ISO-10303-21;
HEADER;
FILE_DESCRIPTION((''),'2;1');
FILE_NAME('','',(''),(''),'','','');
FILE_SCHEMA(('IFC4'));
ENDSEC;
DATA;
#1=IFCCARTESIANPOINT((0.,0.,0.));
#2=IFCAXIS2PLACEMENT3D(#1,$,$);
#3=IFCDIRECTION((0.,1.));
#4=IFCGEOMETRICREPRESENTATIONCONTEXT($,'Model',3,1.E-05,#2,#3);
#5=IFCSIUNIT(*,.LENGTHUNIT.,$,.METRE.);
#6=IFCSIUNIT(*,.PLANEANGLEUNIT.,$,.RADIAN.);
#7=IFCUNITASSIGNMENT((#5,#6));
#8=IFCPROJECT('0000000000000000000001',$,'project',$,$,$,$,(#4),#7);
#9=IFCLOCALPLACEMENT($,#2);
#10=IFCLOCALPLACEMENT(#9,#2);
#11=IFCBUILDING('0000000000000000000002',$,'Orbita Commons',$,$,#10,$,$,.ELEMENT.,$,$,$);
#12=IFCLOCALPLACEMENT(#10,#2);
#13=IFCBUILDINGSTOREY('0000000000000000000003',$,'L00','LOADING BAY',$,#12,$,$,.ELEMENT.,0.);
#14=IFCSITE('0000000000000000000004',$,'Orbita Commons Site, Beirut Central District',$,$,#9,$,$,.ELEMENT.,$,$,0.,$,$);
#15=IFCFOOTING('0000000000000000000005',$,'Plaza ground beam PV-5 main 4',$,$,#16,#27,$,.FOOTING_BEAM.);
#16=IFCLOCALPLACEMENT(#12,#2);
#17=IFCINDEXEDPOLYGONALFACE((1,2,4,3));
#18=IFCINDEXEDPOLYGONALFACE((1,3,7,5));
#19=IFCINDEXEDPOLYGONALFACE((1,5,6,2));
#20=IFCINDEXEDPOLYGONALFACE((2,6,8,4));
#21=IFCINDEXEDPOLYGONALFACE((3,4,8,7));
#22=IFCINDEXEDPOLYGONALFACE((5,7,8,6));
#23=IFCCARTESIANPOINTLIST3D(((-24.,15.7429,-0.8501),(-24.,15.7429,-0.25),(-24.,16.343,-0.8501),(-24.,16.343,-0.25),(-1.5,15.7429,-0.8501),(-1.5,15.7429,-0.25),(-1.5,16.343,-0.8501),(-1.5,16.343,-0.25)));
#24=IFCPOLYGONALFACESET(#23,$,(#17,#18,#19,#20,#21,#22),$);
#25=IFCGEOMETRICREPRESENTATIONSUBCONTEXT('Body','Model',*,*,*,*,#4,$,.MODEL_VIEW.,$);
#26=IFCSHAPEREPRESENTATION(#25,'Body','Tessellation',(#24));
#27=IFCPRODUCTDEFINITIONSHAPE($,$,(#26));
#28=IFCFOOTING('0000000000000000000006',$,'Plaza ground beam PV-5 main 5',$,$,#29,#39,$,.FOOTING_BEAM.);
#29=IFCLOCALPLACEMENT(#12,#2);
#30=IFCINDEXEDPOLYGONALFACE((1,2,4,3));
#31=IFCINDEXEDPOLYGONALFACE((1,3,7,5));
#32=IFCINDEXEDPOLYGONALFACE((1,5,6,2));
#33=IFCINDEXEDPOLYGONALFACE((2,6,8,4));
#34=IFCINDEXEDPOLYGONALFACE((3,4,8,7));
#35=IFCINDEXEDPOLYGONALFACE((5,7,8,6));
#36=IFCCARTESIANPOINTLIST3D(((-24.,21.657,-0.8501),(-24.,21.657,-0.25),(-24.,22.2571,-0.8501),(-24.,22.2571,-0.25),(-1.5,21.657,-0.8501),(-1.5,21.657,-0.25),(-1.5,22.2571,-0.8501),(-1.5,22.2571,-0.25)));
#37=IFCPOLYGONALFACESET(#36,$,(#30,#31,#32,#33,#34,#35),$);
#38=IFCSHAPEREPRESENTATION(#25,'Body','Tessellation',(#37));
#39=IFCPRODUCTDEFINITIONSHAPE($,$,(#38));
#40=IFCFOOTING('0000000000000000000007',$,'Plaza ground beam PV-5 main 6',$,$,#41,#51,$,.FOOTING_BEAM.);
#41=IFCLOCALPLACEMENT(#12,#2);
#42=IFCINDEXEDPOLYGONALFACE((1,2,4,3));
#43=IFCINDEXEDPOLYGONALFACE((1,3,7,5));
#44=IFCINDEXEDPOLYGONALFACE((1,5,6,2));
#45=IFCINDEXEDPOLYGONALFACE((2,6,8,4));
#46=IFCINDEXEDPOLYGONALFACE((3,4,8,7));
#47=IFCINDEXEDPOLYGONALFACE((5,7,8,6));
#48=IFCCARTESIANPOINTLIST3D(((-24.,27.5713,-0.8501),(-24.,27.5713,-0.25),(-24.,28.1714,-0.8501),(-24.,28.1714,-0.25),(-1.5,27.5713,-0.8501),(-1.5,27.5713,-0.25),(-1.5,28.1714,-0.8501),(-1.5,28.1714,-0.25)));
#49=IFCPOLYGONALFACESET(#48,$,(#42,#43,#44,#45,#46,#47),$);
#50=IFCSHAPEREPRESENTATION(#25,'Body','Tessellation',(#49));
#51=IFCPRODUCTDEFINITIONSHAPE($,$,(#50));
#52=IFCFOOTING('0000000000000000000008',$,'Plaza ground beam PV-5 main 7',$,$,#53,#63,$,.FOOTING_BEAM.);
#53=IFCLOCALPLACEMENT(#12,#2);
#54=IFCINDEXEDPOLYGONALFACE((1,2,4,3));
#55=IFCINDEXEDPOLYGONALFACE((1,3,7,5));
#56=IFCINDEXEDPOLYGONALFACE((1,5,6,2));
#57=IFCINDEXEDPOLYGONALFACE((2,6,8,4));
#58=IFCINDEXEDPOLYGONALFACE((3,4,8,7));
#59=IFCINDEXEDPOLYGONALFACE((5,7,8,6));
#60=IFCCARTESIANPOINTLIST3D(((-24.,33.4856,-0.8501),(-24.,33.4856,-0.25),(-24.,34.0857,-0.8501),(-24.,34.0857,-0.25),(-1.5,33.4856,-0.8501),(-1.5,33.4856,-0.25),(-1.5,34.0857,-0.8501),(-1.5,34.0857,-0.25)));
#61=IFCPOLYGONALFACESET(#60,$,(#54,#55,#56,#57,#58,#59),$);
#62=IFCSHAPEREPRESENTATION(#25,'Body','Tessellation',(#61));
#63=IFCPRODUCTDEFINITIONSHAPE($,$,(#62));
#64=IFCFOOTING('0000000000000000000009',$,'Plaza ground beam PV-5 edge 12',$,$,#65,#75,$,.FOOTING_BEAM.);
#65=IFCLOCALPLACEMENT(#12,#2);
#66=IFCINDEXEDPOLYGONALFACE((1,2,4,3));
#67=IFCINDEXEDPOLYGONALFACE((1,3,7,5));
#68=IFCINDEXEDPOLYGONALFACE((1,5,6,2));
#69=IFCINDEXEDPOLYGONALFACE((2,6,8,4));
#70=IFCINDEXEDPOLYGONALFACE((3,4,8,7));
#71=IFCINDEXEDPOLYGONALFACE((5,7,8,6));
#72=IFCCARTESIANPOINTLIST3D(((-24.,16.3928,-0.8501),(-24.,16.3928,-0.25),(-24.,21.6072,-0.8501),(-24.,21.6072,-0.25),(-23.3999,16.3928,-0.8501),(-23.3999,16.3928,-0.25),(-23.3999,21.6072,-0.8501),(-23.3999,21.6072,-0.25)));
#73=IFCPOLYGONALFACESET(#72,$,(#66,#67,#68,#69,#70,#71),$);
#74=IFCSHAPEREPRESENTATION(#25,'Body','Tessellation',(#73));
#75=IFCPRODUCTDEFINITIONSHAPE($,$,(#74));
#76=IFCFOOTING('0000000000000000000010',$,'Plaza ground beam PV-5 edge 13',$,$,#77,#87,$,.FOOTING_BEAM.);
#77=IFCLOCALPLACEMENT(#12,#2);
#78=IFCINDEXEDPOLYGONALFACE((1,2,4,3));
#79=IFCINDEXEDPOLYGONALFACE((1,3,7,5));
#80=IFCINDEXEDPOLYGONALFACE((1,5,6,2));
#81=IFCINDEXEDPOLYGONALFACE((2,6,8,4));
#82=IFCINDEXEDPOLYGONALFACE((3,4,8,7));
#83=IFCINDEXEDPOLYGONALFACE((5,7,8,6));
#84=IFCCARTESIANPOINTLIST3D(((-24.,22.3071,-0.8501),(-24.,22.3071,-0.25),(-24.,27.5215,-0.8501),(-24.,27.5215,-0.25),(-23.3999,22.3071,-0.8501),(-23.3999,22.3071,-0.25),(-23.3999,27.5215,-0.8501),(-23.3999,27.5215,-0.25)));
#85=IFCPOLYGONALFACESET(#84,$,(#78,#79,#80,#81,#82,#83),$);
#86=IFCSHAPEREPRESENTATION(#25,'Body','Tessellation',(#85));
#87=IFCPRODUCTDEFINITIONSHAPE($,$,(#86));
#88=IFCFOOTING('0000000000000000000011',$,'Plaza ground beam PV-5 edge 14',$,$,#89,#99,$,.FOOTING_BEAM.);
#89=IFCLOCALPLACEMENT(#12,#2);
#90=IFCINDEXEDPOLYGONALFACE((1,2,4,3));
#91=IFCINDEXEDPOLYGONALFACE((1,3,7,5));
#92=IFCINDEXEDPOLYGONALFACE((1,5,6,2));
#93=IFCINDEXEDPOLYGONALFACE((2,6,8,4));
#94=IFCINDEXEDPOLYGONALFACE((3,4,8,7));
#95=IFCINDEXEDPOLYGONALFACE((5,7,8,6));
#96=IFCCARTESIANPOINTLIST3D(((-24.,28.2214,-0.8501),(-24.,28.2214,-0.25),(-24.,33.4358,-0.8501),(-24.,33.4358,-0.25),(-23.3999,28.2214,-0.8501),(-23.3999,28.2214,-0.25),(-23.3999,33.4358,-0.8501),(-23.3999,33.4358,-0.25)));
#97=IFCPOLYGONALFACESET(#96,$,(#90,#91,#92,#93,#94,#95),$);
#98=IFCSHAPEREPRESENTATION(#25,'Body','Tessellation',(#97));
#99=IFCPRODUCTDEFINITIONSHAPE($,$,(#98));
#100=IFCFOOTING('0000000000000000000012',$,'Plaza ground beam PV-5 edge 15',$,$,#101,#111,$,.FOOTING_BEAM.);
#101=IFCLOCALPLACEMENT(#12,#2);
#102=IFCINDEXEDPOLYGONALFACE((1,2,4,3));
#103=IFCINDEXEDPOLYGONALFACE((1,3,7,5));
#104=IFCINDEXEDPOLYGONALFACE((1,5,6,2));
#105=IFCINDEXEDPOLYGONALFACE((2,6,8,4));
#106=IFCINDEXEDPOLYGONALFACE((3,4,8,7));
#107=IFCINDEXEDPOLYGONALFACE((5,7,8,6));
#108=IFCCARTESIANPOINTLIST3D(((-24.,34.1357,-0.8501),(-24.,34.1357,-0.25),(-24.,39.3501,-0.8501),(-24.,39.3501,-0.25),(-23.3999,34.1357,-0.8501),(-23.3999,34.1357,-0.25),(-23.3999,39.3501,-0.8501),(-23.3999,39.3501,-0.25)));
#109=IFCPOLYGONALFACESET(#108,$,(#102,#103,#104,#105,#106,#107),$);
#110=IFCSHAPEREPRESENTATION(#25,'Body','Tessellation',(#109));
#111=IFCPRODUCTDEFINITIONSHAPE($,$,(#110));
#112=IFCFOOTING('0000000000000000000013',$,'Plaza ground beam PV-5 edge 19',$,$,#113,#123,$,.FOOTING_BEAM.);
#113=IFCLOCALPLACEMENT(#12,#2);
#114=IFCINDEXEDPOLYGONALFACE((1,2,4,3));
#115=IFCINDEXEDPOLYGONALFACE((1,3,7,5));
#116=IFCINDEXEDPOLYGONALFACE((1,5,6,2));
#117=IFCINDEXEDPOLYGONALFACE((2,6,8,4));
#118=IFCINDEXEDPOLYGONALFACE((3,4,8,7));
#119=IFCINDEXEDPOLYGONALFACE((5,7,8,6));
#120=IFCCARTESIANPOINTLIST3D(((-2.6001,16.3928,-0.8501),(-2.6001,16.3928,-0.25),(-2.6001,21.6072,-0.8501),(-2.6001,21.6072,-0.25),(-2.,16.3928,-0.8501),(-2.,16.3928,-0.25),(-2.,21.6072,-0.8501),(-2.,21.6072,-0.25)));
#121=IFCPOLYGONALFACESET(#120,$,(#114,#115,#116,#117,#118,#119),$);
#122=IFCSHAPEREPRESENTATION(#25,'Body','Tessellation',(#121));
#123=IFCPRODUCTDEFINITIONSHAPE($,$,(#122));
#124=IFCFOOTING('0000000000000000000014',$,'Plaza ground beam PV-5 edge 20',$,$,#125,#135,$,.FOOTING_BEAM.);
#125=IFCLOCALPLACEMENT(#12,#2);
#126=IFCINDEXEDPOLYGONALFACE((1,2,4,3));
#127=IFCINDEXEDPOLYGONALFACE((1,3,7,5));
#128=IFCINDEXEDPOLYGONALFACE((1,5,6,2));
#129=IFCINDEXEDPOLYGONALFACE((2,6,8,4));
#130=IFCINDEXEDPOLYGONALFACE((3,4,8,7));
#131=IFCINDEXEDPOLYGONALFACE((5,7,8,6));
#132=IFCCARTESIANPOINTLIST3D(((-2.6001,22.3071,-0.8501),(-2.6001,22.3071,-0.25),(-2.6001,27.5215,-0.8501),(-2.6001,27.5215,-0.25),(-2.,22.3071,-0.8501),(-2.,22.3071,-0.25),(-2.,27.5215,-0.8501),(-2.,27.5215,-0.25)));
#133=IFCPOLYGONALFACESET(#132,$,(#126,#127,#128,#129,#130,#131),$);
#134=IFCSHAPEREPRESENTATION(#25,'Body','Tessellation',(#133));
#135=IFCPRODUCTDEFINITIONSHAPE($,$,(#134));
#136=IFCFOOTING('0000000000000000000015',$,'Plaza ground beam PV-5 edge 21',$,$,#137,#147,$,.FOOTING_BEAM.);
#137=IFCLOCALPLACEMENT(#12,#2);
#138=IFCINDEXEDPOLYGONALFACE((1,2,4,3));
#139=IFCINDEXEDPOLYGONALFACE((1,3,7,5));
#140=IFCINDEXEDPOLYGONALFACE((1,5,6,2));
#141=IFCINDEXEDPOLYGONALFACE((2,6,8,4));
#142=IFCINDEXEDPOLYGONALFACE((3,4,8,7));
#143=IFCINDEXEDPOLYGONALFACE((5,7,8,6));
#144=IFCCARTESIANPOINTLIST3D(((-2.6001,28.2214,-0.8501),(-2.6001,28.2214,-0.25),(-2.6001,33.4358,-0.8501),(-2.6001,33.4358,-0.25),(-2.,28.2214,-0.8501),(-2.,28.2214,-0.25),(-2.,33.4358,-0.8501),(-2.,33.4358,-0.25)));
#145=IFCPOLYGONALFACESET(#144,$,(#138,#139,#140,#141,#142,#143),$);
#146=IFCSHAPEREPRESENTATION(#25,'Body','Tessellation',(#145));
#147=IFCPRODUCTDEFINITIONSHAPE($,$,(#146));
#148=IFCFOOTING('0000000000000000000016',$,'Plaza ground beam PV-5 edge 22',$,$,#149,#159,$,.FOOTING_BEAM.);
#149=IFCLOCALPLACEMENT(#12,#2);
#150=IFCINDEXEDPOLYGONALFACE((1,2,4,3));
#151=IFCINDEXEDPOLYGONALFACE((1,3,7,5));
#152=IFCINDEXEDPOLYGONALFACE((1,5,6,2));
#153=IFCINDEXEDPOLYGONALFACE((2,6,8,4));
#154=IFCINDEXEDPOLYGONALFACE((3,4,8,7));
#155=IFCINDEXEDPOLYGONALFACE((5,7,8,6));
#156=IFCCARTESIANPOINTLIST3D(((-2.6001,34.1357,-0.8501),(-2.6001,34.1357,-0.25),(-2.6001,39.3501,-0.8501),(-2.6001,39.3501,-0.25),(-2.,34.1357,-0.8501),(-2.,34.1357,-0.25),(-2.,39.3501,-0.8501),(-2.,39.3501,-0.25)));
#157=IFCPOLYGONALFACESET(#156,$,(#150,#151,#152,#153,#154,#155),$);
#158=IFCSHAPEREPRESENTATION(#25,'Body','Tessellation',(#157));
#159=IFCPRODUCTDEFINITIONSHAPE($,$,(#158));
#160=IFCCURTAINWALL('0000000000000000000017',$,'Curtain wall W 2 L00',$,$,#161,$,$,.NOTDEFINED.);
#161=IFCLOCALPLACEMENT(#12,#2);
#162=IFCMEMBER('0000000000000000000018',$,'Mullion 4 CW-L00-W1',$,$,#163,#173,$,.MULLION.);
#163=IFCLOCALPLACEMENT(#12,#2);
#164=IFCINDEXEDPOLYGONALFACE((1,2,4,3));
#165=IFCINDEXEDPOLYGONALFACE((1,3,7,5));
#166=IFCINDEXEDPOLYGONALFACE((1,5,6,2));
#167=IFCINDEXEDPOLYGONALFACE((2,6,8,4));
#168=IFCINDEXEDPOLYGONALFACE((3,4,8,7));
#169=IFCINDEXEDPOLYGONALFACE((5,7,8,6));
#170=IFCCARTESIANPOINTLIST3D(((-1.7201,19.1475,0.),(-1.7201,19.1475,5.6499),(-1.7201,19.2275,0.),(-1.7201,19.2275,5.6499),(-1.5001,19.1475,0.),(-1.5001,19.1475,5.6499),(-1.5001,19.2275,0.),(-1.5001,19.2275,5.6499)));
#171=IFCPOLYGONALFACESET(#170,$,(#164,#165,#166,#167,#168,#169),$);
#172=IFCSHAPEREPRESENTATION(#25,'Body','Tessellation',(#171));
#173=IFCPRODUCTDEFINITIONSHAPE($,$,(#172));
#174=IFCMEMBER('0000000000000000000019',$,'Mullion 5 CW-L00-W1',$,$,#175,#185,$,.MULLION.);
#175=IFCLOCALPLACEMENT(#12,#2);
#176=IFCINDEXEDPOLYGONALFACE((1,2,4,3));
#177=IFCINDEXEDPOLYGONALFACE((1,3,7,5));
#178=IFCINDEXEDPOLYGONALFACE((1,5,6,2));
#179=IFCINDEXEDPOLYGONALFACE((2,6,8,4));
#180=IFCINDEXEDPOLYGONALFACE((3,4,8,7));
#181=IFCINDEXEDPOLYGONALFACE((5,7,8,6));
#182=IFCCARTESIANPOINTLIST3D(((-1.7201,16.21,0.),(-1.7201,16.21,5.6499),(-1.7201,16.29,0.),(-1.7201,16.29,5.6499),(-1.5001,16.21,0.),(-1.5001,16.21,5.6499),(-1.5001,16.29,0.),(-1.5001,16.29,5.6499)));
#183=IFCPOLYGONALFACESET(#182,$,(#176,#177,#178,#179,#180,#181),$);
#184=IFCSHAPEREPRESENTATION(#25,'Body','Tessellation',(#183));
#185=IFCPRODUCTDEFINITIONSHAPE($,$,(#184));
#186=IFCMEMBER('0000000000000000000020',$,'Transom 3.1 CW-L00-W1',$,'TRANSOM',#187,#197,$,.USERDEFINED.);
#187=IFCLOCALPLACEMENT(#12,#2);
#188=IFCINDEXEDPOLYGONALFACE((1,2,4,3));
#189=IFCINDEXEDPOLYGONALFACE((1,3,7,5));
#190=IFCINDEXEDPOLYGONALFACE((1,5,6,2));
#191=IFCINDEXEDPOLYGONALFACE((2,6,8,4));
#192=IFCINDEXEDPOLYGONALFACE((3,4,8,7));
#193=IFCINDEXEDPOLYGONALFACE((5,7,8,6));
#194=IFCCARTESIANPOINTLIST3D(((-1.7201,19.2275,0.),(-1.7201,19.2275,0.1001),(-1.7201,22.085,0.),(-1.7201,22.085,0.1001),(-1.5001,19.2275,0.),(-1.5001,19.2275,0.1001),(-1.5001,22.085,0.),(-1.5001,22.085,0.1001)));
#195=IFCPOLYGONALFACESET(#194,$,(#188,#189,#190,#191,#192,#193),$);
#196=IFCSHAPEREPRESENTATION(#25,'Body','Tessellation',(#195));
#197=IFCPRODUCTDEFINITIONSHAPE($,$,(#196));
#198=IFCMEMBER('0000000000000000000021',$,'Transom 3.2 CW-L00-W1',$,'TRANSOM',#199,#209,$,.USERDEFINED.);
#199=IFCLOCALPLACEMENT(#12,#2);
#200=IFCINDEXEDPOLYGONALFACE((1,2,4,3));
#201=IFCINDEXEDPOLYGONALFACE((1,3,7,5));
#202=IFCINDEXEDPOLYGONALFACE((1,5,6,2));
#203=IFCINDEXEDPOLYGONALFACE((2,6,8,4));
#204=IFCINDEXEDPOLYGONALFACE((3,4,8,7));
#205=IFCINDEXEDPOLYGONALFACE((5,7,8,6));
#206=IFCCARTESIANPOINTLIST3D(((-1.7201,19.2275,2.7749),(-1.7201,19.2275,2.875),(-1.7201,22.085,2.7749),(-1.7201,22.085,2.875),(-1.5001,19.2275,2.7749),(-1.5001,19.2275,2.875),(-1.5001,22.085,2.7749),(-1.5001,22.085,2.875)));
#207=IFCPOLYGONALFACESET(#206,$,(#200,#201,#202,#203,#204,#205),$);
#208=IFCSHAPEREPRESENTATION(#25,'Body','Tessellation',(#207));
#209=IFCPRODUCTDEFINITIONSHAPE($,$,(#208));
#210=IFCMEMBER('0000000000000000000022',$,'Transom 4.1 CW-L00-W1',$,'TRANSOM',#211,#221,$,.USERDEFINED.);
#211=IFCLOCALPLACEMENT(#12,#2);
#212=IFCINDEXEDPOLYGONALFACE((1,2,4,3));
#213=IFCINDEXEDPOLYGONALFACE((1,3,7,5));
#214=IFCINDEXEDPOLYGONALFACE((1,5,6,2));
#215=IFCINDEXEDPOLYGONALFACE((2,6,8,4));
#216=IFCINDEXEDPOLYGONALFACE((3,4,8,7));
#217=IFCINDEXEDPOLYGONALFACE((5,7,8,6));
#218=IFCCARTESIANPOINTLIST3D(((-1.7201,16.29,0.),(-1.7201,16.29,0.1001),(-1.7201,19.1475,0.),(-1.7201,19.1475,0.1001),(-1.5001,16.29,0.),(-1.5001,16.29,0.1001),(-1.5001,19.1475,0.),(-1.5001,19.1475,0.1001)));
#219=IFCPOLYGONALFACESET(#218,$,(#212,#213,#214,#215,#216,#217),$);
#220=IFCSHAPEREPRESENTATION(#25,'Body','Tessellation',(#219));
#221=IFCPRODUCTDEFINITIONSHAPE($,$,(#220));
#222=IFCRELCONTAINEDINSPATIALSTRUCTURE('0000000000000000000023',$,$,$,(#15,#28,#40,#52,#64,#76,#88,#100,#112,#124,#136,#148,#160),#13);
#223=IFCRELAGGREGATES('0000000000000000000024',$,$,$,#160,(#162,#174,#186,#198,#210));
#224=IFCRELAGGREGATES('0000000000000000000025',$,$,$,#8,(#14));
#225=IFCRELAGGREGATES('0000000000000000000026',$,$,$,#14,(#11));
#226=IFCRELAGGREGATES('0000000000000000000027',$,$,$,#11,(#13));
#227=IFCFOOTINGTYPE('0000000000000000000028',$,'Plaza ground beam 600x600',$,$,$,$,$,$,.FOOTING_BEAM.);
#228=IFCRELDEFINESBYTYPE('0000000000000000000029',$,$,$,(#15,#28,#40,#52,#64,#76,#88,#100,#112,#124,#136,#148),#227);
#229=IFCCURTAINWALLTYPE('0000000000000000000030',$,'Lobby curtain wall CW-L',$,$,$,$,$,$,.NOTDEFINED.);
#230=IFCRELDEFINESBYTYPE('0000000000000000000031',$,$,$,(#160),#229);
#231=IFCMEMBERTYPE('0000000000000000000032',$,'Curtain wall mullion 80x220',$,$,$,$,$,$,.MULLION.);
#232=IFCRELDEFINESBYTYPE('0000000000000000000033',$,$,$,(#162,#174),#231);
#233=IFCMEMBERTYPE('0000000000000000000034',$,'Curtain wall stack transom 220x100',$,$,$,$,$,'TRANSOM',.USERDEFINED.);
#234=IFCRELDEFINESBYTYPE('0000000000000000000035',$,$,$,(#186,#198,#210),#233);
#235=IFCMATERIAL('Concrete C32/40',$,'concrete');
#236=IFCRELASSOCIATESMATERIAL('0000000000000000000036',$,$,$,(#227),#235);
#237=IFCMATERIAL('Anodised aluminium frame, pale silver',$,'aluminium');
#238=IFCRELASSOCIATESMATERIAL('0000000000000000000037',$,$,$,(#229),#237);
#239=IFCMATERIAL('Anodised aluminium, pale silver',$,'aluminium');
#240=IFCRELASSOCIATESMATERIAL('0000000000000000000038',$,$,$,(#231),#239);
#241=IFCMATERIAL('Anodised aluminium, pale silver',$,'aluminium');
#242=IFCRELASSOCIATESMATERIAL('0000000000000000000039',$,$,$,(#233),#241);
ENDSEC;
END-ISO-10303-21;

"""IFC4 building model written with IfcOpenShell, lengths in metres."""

from ifc_helpers import new_model, si_unit, direction, frame, origin, origin_2d, place, context, subcontext, project, spatial, rectangle, extrude, material, material_profile, profile_set, type_object, element, aggregate, save


model = new_model("IFC4")

# Units and contexts
model_context = context("Model", 3, precision=1e-05, world=origin(), true_north=direction((0.0, 1.0)))
body_context = subcontext(model_context, "Body", "Model", "MODEL_VIEW")
ifc_project = project(units=[si_unit("LENGTHUNIT", "METRE"), si_unit("PLANEANGLEUNIT", "RADIAN")], contexts=[model_context])

# Site, building, storey
site_placement = place(None, origin())
site = spatial("IfcSite", under=ifc_project, at=site_placement, Name="Orbita Commons Site, Beirut Central District", CompositionType="ELEMENT", RefElevation=0.0)
building_placement = place(site_placement, origin())
building = spatial("IfcBuilding", under=site, at=building_placement, Name="Orbita Commons", CompositionType="ELEMENT")
storey_placement = place(building_placement, origin())
storey = spatial("IfcBuildingStorey", under=building, at=storey_placement, Name="L00", Description="LOADING BAY", CompositionType="ELEMENT", Elevation=0.0)

# Footings
ifc_material_1 = material(Name="Concrete C32/40", Category="concrete")
footing_type = type_object("IfcFootingType", Name="Plaza ground beam 600x600", PredefinedType="FOOTING_BEAM", material=ifc_material_1)
for number, where, z_axis, x_axis, name in (
    (1, (-12.75, 16.043, -0.8501), (0.0, 0.0, 1.0), (1.0, 0.0, 0.0), "Plaza ground beam PV-5 main 4"),
    (2, (-12.75, 21.957, -0.8501), (0.0, 0.0, 1.0), (1.0, 0.0, 0.0), "Plaza ground beam PV-5 main 5"),
    (3, (-12.75, 27.8713, -0.8501), (0.0, 0.0, 1.0), (1.0, 0.0, 0.0), "Plaza ground beam PV-5 main 6"),
    (4, (-12.75, 33.7856, -0.8501), (0.0, 0.0, 1.0), (1.0, 0.0, 0.0), "Plaza ground beam PV-5 main 7"),
):
    element("IfcFooting", number, at=place(storey_placement, frame(where, z_axis=z_axis, x_axis=x_axis)), inside=storey, type_object=footing_type, Name=name, PredefinedType="FOOTING_BEAM", context=body_context, shape_type="SweptSolid", body=[
        extrude(rectangle(XDim=22.5, YDim=0.6001, at=origin_2d()), origin(), (0.0, 0.0, 1.0), 0.6001),
    ])
for number, where, z_axis, x_axis, name in (
    (5, (-23.7, 19.0, -0.8501), (0.0, 0.0, 1.0), (1.0, 0.0, 0.0), "Plaza ground beam PV-5 edge 12"),
    (6, (-23.7, 24.9143, -0.8501), (0.0, 0.0, 1.0), (1.0, 0.0, 0.0), "Plaza ground beam PV-5 edge 13"),
    (7, (-23.7, 30.8286, -0.8501), (0.0, 0.0, 1.0), (1.0, 0.0, 0.0), "Plaza ground beam PV-5 edge 14"),
    (8, (-23.7, 36.7429, -0.8501), (0.0, 0.0, 1.0), (1.0, 0.0, 0.0), "Plaza ground beam PV-5 edge 15"),
    (9, (-2.3, 19.0, -0.8501), (0.0, 0.0, 1.0), (1.0, 0.0, 0.0), "Plaza ground beam PV-5 edge 19"),
    (10, (-2.3, 24.9143, -0.8501), (0.0, 0.0, 1.0), (1.0, 0.0, 0.0), "Plaza ground beam PV-5 edge 20"),
    (11, (-2.3, 30.8286, -0.8501), (0.0, 0.0, 1.0), (1.0, 0.0, 0.0), "Plaza ground beam PV-5 edge 21"),
    (12, (-2.3, 36.7429, -0.8501), (0.0, 0.0, 1.0), (1.0, 0.0, 0.0), "Plaza ground beam PV-5 edge 22"),
):
    element("IfcFooting", number, at=place(storey_placement, frame(where, z_axis=z_axis, x_axis=x_axis)), inside=storey, type_object=footing_type, Name=name, PredefinedType="FOOTING_BEAM", context=body_context, shape_type="SweptSolid", body=[
        extrude(rectangle(XDim=0.6001, YDim=5.2144, at=origin_2d()), origin(), (0.0, 0.0, 1.0), 0.6001),
    ])

# Curtain wall, members
ifc_material_2 = material(Name="Anodised aluminium frame, pale silver", Category="aluminium")
curtain_wall_type = type_object("IfcCurtainWallType", Name="Lobby curtain wall CW-L", PredefinedType="NOTDEFINED", material=ifc_material_2)
curtain_wall_placement = place(storey_placement, origin())
curtain_wall = element("IfcCurtainWall", 13, at=curtain_wall_placement, inside=storey, type_object=curtain_wall_type, Name="Curtain wall W 2 L00", PredefinedType="NOTDEFINED")
ifc_material_3 = material(Name="Anodised aluminium, pale silver", Category="aluminium")
ifc_material_profile_1 = material_profile(ifc_material_3, rectangle(XDim=0.0801, YDim=0.22, at=origin_2d()), Name="AL 80x220")
ifc_profile_set_1 = profile_set([ifc_material_profile_1], Name="Anodised aluminium, pale silver")
member_type_1 = type_object("IfcMemberType", Name="Curtain wall mullion 80x220", PredefinedType="MULLION", material=ifc_profile_set_1)
member_1_placement = place(storey_placement, frame((-1.6101, 19.1875, 0.0), z_axis=(0.0, 0.0, 1.0), x_axis=(0.0, -1.0, 0.0)))
member_1 = element("IfcMember", 14, at=member_1_placement, type_object=member_type_1, Name="Mullion 4 CW-L00-W1", PredefinedType="MULLION", context=body_context, shape_type="SweptSolid", body=[
    extrude(rectangle(XDim=0.0801, YDim=0.22, at=origin_2d()), origin(), (0.0, 0.0, 1.0), 5.6499),
])
member_2_placement = place(storey_placement, frame((-1.6101, 16.25, 0.0), z_axis=(0.0, 0.0, 1.0), x_axis=(0.0, -1.0, 0.0)))
member_2 = element("IfcMember", 15, at=member_2_placement, type_object=member_type_1, Name="Mullion 5 CW-L00-W1", PredefinedType="MULLION", context=body_context, shape_type="SweptSolid", body=[
    extrude(rectangle(XDim=0.0801, YDim=0.22, at=origin_2d()), origin(), (0.0, 0.0, 1.0), 5.6499),
])
ifc_material_4 = material(Name="Anodised aluminium, pale silver", Category="aluminium")
ifc_material_profile_2 = material_profile(ifc_material_4, rectangle(XDim=0.22, YDim=0.1001, at=origin_2d()), Name="AL 220x100")
ifc_profile_set_2 = profile_set([ifc_material_profile_2], Name="Anodised aluminium, pale silver")
member_type_2 = type_object("IfcMemberType", Name="Curtain wall stack transom 220x100", ElementType="TRANSOM", PredefinedType="USERDEFINED", material=ifc_profile_set_2)
member_3_placement = place(storey_placement, frame((-1.6101, 22.085, 0.05), z_axis=(0.0, -1.0, 0.0), x_axis=(1.0, 0.0, 0.0)))
member_3 = element("IfcMember", 16, at=member_3_placement, type_object=member_type_2, Name="Transom 3.1 CW-L00-W1", ObjectType="TRANSOM", PredefinedType="USERDEFINED", context=body_context, shape_type="SweptSolid", body=[
    extrude(rectangle(XDim=0.22, YDim=0.1001, at=origin_2d()), origin(), (0.0, 0.0, 1.0), 2.8574),
])
member_4_placement = place(storey_placement, frame((-1.6101, 22.085, 2.825), z_axis=(0.0, -1.0, 0.0), x_axis=(1.0, 0.0, 0.0)))
member_4 = element("IfcMember", 17, at=member_4_placement, type_object=member_type_2, Name="Transom 3.2 CW-L00-W1", ObjectType="TRANSOM", PredefinedType="USERDEFINED", context=body_context, shape_type="SweptSolid", body=[
    extrude(rectangle(XDim=0.22, YDim=0.1001, at=origin_2d()), origin(), (0.0, 0.0, 1.0), 2.8574),
])
member_5_placement = place(storey_placement, frame((-1.6101, 19.1475, 0.05), z_axis=(0.0, -1.0, 0.0), x_axis=(1.0, 0.0, 0.0)))
member_5 = element("IfcMember", 18, at=member_5_placement, type_object=member_type_2, Name="Transom 4.1 CW-L00-W1", ObjectType="TRANSOM", PredefinedType="USERDEFINED", context=body_context, shape_type="SweptSolid", body=[
    extrude(rectangle(XDim=0.22, YDim=0.1001, at=origin_2d()), origin(), (0.0, 0.0, 1.0), 2.8574),
])
aggregate(curtain_wall, [member_1, member_2, member_3, member_4, member_5])

save(model, "model.ifc")
